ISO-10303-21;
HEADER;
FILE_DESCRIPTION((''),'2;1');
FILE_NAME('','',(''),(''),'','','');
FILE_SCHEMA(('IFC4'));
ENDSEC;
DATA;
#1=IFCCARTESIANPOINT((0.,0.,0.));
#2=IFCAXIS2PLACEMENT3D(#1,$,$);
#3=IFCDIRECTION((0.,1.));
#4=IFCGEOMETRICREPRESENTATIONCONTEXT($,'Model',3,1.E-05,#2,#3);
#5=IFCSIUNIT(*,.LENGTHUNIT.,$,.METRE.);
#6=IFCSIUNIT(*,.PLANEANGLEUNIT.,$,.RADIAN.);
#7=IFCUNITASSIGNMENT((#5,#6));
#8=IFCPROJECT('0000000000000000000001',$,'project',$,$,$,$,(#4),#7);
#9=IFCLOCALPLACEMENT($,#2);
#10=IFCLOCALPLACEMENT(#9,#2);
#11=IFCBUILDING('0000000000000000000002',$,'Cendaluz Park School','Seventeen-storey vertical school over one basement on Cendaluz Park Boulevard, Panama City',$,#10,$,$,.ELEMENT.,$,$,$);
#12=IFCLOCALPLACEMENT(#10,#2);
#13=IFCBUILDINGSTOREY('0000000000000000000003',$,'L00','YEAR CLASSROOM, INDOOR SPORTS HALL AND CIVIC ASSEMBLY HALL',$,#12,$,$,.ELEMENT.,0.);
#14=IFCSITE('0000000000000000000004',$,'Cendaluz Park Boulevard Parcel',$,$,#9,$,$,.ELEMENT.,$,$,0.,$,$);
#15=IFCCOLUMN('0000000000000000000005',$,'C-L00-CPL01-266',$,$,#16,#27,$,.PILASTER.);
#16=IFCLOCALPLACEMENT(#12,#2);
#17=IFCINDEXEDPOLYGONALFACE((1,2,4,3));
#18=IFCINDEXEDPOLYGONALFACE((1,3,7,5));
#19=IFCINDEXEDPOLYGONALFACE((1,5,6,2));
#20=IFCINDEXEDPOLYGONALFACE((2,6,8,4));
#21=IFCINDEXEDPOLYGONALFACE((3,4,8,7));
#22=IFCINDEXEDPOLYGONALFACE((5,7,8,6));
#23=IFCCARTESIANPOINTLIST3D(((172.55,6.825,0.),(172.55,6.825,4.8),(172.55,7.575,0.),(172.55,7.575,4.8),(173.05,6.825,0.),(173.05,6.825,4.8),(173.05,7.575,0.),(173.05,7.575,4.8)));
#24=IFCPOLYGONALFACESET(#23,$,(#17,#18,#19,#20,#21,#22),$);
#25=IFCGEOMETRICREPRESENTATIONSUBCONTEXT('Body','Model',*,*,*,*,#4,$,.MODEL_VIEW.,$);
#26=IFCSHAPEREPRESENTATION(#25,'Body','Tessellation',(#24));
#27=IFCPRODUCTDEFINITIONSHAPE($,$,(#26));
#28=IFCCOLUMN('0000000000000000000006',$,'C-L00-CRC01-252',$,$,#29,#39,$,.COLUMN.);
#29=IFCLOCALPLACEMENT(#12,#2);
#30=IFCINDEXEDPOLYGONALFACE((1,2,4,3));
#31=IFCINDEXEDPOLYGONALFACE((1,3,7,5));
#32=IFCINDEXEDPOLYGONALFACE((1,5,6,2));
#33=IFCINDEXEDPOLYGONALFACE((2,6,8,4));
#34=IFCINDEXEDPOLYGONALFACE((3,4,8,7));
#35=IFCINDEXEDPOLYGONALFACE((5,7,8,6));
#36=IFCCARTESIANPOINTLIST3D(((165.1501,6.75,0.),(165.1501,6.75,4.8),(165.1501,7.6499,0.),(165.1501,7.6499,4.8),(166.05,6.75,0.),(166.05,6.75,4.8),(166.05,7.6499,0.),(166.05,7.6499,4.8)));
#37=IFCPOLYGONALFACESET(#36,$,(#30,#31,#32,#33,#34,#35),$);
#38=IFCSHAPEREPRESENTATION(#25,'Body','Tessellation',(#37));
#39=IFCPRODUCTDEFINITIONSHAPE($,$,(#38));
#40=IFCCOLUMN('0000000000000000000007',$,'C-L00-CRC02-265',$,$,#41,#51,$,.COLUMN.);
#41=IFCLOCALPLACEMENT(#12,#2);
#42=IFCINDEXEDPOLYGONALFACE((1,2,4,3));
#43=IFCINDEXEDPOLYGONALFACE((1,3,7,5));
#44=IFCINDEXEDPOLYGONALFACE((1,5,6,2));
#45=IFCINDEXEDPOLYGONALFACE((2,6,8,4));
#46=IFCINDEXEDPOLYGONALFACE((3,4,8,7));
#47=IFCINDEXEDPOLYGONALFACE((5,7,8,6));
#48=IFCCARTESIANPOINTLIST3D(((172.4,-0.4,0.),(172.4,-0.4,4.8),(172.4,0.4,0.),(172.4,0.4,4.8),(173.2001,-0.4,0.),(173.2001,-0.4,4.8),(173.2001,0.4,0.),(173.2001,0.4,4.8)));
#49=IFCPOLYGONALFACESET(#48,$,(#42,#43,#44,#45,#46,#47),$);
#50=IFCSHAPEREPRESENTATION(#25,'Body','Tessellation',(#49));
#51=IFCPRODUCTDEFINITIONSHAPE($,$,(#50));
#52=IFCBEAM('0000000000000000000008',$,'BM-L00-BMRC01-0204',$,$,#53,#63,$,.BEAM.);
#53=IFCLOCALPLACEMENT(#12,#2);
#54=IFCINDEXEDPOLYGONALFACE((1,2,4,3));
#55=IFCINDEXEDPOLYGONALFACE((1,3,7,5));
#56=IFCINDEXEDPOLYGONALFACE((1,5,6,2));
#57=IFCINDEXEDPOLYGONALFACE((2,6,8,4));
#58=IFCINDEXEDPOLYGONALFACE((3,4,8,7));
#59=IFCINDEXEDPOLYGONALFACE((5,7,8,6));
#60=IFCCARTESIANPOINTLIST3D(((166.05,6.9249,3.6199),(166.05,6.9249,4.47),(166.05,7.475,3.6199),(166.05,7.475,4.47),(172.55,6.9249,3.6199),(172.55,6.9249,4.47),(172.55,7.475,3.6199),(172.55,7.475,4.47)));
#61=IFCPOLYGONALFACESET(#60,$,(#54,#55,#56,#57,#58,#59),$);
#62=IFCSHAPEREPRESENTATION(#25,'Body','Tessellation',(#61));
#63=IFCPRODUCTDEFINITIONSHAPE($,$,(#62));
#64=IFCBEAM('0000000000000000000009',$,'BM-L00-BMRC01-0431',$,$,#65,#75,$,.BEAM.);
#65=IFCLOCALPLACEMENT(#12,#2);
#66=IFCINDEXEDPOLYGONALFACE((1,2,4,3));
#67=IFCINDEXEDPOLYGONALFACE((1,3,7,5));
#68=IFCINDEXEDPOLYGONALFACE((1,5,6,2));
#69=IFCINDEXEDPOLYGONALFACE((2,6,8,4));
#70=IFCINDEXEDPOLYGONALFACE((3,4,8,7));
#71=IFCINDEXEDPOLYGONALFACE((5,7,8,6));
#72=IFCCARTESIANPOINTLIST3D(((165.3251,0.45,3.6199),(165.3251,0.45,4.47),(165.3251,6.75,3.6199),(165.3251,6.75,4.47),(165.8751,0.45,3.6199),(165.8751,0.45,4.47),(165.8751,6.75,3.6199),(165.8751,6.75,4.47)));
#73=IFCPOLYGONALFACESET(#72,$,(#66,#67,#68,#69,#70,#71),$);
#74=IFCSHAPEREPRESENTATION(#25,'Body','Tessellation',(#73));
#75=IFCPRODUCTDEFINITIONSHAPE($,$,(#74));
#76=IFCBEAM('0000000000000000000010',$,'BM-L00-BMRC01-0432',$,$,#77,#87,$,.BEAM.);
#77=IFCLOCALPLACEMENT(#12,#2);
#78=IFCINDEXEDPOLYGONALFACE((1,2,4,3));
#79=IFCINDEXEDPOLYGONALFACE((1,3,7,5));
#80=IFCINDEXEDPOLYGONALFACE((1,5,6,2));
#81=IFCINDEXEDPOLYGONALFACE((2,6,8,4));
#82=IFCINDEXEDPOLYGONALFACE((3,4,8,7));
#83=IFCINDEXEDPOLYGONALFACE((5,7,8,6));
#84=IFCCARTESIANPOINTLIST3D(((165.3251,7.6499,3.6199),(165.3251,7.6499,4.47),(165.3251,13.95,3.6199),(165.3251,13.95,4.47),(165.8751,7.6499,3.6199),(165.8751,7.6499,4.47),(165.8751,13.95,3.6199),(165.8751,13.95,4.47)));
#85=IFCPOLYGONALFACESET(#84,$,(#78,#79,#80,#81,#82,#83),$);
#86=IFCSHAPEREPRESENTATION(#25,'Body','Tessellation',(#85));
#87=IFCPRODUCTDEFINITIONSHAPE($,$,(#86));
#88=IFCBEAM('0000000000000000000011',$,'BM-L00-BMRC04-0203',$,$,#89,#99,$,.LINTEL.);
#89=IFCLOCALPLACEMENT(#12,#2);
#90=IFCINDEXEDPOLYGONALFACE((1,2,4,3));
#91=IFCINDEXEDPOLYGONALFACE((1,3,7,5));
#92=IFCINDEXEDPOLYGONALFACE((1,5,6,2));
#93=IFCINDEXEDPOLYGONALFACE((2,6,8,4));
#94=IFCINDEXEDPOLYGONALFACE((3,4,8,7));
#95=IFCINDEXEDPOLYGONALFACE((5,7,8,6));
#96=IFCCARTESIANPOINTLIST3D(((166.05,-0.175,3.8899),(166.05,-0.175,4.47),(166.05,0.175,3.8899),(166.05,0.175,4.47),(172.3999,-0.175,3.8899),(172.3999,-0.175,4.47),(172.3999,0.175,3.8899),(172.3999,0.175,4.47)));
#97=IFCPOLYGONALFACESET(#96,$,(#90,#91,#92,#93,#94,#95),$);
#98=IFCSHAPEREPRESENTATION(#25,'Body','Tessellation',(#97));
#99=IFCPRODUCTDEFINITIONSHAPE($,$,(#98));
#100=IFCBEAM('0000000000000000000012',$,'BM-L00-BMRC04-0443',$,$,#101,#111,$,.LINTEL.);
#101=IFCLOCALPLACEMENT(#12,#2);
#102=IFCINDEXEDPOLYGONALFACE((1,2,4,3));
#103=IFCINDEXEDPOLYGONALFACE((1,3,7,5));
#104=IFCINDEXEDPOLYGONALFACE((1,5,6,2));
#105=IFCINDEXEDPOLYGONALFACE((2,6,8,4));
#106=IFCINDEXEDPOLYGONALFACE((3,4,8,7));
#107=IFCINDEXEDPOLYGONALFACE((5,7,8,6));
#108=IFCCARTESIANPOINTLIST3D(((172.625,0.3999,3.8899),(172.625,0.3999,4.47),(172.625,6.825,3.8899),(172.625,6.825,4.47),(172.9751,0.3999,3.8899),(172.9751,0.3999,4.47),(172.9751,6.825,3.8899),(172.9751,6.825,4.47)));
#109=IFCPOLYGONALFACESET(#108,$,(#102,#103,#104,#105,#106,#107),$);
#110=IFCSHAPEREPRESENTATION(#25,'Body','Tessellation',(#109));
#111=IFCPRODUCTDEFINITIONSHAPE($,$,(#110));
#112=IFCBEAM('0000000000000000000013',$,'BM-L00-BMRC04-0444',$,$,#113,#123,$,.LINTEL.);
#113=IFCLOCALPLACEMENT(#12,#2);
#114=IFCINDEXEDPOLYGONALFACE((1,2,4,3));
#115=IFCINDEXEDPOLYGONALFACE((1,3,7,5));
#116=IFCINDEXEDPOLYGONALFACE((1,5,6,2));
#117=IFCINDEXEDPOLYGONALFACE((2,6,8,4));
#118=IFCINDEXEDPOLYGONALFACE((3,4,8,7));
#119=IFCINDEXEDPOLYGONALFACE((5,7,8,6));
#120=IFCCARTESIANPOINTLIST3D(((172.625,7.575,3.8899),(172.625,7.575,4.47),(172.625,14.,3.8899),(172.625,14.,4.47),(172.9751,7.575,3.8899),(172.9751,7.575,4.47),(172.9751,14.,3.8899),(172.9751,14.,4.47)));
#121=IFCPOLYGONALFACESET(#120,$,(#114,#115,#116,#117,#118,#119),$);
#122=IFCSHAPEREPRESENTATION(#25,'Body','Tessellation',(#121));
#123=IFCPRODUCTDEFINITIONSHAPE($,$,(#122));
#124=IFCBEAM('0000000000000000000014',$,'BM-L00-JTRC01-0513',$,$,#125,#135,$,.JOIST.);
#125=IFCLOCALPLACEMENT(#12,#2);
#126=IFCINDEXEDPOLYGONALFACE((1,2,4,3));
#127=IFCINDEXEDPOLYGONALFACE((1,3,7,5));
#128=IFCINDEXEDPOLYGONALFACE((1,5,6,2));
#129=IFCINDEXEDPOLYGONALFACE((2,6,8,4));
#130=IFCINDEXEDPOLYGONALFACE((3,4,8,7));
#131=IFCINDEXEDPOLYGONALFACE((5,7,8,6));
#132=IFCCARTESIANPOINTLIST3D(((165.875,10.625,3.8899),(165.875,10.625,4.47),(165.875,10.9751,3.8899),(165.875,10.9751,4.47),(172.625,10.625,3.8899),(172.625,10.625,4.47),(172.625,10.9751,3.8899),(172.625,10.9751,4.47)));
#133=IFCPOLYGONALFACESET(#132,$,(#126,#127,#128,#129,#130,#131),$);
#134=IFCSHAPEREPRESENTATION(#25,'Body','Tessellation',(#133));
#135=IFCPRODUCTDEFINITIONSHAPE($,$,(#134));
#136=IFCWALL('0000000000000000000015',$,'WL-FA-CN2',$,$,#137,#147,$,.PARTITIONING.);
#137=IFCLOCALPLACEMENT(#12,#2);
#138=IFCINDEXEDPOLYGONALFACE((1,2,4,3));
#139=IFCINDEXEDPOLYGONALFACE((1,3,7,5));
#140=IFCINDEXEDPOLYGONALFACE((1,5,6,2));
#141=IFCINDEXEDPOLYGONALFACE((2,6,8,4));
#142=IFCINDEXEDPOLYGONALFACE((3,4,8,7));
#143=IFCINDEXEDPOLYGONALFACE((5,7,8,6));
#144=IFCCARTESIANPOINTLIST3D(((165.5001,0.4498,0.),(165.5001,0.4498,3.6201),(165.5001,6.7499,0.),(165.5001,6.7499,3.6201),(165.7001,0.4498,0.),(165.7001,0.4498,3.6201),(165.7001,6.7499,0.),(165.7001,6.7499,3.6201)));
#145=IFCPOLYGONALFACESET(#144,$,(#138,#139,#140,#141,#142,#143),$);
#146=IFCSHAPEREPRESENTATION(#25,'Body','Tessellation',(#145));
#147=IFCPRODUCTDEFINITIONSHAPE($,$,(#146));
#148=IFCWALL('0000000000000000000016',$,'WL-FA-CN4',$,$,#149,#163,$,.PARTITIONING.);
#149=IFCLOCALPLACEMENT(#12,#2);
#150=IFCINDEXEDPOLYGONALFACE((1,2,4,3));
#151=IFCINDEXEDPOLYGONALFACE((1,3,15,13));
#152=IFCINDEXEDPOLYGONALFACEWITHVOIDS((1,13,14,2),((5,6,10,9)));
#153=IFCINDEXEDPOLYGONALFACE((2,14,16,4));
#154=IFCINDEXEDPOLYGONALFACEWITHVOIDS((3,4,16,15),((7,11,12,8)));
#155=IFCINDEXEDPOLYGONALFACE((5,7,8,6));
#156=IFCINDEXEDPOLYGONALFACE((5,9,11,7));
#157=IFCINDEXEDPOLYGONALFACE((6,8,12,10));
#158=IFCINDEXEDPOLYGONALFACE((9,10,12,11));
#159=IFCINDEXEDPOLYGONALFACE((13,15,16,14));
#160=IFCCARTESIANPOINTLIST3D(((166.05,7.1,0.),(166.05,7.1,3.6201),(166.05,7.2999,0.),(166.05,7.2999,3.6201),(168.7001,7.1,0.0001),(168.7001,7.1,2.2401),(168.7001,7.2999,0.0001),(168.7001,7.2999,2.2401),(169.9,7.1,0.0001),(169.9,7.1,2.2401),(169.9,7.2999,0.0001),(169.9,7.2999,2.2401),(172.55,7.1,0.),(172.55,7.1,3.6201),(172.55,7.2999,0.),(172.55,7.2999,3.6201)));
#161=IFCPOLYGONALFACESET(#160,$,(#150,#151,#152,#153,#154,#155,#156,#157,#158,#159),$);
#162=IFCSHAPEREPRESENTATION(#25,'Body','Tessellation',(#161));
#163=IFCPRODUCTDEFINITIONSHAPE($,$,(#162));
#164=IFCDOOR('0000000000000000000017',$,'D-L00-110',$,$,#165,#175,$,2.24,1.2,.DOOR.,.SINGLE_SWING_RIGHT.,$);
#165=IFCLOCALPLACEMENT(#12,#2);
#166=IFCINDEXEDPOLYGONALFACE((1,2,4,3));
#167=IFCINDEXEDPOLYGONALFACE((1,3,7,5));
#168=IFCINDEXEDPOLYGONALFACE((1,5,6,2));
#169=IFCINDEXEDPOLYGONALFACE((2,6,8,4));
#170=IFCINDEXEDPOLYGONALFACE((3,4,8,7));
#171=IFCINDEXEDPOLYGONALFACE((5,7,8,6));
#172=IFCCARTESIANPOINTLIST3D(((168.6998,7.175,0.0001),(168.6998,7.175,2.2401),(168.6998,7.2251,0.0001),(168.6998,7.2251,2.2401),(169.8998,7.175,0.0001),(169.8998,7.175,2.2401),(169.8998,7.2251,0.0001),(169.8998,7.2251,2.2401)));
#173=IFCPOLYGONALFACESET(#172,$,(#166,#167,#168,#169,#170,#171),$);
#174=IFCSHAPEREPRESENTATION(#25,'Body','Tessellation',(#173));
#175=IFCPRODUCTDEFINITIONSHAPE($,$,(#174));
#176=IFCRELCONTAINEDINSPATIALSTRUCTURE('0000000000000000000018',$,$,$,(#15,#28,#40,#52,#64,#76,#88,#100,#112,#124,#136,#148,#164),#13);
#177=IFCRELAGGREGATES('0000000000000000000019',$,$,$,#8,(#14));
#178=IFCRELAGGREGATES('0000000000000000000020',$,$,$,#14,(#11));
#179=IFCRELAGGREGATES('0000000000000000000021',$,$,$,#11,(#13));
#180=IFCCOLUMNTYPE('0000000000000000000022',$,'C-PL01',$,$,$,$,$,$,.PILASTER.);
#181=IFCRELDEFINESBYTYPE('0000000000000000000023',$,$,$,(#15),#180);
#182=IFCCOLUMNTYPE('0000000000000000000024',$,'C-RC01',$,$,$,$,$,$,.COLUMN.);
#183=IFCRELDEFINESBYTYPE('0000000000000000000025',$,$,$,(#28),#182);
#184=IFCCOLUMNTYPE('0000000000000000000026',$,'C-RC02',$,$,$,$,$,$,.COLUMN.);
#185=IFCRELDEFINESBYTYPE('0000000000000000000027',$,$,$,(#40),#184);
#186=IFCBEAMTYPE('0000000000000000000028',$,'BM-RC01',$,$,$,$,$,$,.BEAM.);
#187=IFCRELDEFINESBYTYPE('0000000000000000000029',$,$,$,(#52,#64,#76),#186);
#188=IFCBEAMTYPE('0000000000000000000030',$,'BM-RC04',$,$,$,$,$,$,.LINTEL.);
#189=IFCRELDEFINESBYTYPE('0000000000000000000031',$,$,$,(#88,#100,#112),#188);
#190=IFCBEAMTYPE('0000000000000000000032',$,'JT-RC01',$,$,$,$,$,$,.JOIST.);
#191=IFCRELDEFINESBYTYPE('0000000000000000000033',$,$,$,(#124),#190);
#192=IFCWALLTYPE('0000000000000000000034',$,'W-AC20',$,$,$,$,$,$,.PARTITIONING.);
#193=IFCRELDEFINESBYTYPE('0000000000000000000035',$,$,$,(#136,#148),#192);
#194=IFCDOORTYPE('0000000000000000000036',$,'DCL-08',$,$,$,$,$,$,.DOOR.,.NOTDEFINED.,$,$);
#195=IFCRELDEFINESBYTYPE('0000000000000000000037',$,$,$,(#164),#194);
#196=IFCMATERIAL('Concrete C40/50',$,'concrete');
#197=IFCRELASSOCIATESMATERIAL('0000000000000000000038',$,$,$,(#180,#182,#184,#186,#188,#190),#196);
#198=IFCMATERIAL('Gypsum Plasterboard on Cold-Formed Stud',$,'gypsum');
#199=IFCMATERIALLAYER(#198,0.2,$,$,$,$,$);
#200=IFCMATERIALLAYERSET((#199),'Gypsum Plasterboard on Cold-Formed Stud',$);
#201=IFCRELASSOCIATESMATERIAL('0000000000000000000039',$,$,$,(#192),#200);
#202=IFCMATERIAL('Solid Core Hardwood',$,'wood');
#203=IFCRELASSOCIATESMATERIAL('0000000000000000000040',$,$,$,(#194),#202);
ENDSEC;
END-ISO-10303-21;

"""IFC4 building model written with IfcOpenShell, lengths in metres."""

from ifc_helpers import new_model, si_unit, direction, frame, frame_2d, origin, origin_2d, place, context, subcontext, project, spatial, rectangle, extrude, material, layer, layer_set, material_profile, profile_set, type_object, element, fill, save


model = new_model("IFC4")

# Units and contexts
model_context = context("Model", 3, precision=1e-05, world=origin(), true_north=direction((0.0, 1.0)))
body_context = subcontext(model_context, "Body", "Model", "MODEL_VIEW")
ifc_project = project(units=[si_unit("LENGTHUNIT", "METRE"), si_unit("PLANEANGLEUNIT", "RADIAN")], contexts=[model_context])

# Site, building, storey
site_placement = place(None, origin())
site = spatial("IfcSite", under=ifc_project, at=site_placement, Name="Cendaluz Park Boulevard Parcel", CompositionType="ELEMENT", RefElevation=0.0)
building_placement = place(site_placement, origin())
building = spatial("IfcBuilding", under=site, at=building_placement, Name="Cendaluz Park School", Description="Seventeen-storey vertical school over one basement on Cendaluz Park Boulevard, Panama City", CompositionType="ELEMENT")
storey_placement = place(building_placement, origin())
storey = spatial("IfcBuildingStorey", under=building, at=storey_placement, Name="L00", Description="YEAR CLASSROOM, INDOOR SPORTS HALL AND CIVIC ASSEMBLY HALL", CompositionType="ELEMENT", Elevation=0.0)

# Columns
ifc_material_1 = material(Name="Concrete C40/50", Category="concrete")
ifc_material_profile_1 = material_profile(ifc_material_1, rectangle(XDim=0.5, YDim=0.75, at=origin_2d()), Name="RC 500x750", Category="concrete")
ifc_profile_set_1 = profile_set([ifc_material_profile_1], Name="Concrete C40/50")
column_type_1 = type_object("IfcColumnType", Name="C-PL01", PredefinedType="PILASTER", material=ifc_profile_set_1)
column_1_placement = place(storey_placement, frame((172.8, 7.2, 0.0), z_axis=(0.0, 0.0, 1.0), x_axis=(1.0, 0.0, 0.0)))
element("IfcColumn", 1, at=column_1_placement, inside=storey, type_object=column_type_1, Name="C-L00-CPL01-266", PredefinedType="PILASTER", context=body_context, shape_type="SweptSolid", body=[
    extrude(rectangle(XDim=0.5, YDim=0.75, at=origin_2d()), origin(), (0.0, 0.0, 1.0), 4.8),
])
ifc_material_profile_2 = material_profile(ifc_material_1, rectangle(XDim=0.8999, YDim=0.8999, at=origin_2d()), Name="RC 900x900", Category="concrete")
ifc_profile_set_2 = profile_set([ifc_material_profile_2], Name="Concrete C40/50")
column_type_2 = type_object("IfcColumnType", Name="C-RC01", PredefinedType="COLUMN", material=ifc_profile_set_2)
column_2_placement = place(storey_placement, frame((165.6001, 7.2, 0.0), z_axis=(0.0, 0.0, 1.0), x_axis=(1.0, 0.0, 0.0)))
element("IfcColumn", 2, at=column_2_placement, inside=storey, type_object=column_type_2, Name="C-L00-CRC01-252", PredefinedType="COLUMN", context=body_context, shape_type="SweptSolid", body=[
    extrude(rectangle(XDim=0.8999, YDim=0.8999, at=origin_2d()), origin(), (0.0, 0.0, 1.0), 4.8),
])
ifc_material_profile_3 = material_profile(ifc_material_1, rectangle(XDim=0.8, YDim=0.8, at=origin_2d()), Name="RC 800x800", Category="concrete")
ifc_profile_set_3 = profile_set([ifc_material_profile_3], Name="Concrete C40/50")
column_type_3 = type_object("IfcColumnType", Name="C-RC02", PredefinedType="COLUMN", material=ifc_profile_set_3)
column_3_placement = place(storey_placement, frame((172.8, 0.0, 0.0), z_axis=(0.0, 0.0, 1.0), x_axis=(1.0, 0.0, 0.0)))
element("IfcColumn", 3, at=column_3_placement, inside=storey, type_object=column_type_3, Name="C-L00-CRC02-265", PredefinedType="COLUMN", context=body_context, shape_type="SweptSolid", body=[
    extrude(rectangle(XDim=0.8, YDim=0.8, at=origin_2d()), origin(), (0.0, 0.0, 1.0), 4.8),
])

# Beams
ifc_material_profile_4 = material_profile(ifc_material_1, rectangle(XDim=0.55, YDim=0.8501, at=origin_2d()), Name="RC 550x850", Category="concrete")
ifc_profile_set_4 = profile_set([ifc_material_profile_4], Name="Concrete C40/50")
beam_type_1 = type_object("IfcBeamType", Name="BM-RC01", PredefinedType="BEAM", material=ifc_profile_set_4)
beam_1_placement = place(storey_placement, frame((166.05, 7.2, 4.0449), z_axis=(1.0, 0.0, 0.0), x_axis=(0.0, 1.0, 0.0)))
element("IfcBeam", 4, at=beam_1_placement, inside=storey, type_object=beam_type_1, Name="BM-L00-BMRC01-0204", PredefinedType="BEAM", context=body_context, shape_type="SweptSolid", body=[
    extrude(rectangle(XDim=0.55, YDim=0.8501, at=origin_2d()), origin(), (0.0, 0.0, 1.0), 6.5),
])
for number, where, z_axis, x_axis, name in (
    (5, (165.6001, 0.45, 4.0449), (0.0, 1.0, 0.0), (-1.0, 0.0, 0.0), "BM-L00-BMRC01-0431"),
    (6, (165.6001, 7.6499, 4.0449), (0.0, 1.0, 0.0), (-1.0, 0.0, 0.0), "BM-L00-BMRC01-0432"),
):
    element("IfcBeam", number, at=place(storey_placement, frame(where, z_axis=z_axis, x_axis=x_axis)), inside=storey, type_object=beam_type_1, Name=name, PredefinedType="BEAM", context=body_context, shape_type="SweptSolid", body=[
        extrude(rectangle(XDim=0.55, YDim=0.8501, at=origin_2d()), origin(), (0.0, 0.0, 1.0), 6.3),
    ])
ifc_material_profile_5 = material_profile(ifc_material_1, rectangle(XDim=0.3501, YDim=0.5801, at=origin_2d()), Name="RC 350x580", Category="concrete")
ifc_profile_set_5 = profile_set([ifc_material_profile_5], Name="Concrete C40/50")
beam_type_2 = type_object("IfcBeamType", Name="BM-RC04", PredefinedType="LINTEL", material=ifc_profile_set_5)
beam_2_placement = place(storey_placement, frame((166.05, 0.0, 4.1799), z_axis=(1.0, 0.0, 0.0), x_axis=(0.0, 1.0, 0.0)))
element("IfcBeam", 7, at=beam_2_placement, inside=storey, type_object=beam_type_2, Name="BM-L00-BMRC04-0203", PredefinedType="LINTEL", context=body_context, shape_type="SweptSolid", body=[
    extrude(rectangle(XDim=0.3501, YDim=0.5801, at=origin_2d()), origin(), (0.0, 0.0, 1.0), 6.3499),
])
for number, where, z_axis, x_axis, name in (
    (8, (172.8, 0.3999, 4.1799), (0.0, 1.0, 0.0), (-1.0, 0.0, 0.0), "BM-L00-BMRC04-0443"),
    (9, (172.8, 7.575, 4.1799), (0.0, 1.0, 0.0), (-1.0, 0.0, 0.0), "BM-L00-BMRC04-0444"),
):
    element("IfcBeam", number, at=place(storey_placement, frame(where, z_axis=z_axis, x_axis=x_axis)), inside=storey, type_object=beam_type_2, Name=name, PredefinedType="LINTEL", context=body_context, shape_type="SweptSolid", body=[
        extrude(rectangle(XDim=0.3501, YDim=0.5801, at=origin_2d()), origin(), (0.0, 0.0, 1.0), 6.425),
    ])
ifc_material_profile_6 = material_profile(ifc_material_1, rectangle(XDim=0.3501, YDim=0.5801, at=origin_2d()), Name="RC 350x580", Category="concrete")
ifc_profile_set_6 = profile_set([ifc_material_profile_6], Name="Concrete C40/50")
beam_type_3 = type_object("IfcBeamType", Name="JT-RC01", PredefinedType="JOIST", material=ifc_profile_set_6)
beam_3_placement = place(storey_placement, frame((165.875, 10.8, 4.1799), z_axis=(1.0, 0.0, 0.0), x_axis=(0.0, 1.0, 0.0)))
element("IfcBeam", 10, at=beam_3_placement, inside=storey, type_object=beam_type_3, Name="BM-L00-JTRC01-0513", PredefinedType="JOIST", context=body_context, shape_type="SweptSolid", body=[
    extrude(rectangle(XDim=0.3501, YDim=0.5801, at=origin_2d()), origin(), (0.0, 0.0, 1.0), 6.75),
])

# Wall
ifc_material_2 = material(Name="Gypsum Plasterboard on Cold-Formed Stud", Category="gypsum")
ifc_layer_1 = layer(ifc_material_2, 0.2)
ifc_layer_set_1 = layer_set([ifc_layer_1], Name="Gypsum Plasterboard on Cold-Formed Stud")
wall_type_1 = type_object("IfcWallType", Name="W-AC20", PredefinedType="PARTITIONING", material=ifc_layer_set_1)
wall_1_placement = place(storey_placement, frame((165.6001, 0.45, 0.0), z_axis=(0.0, 0.0, 1.0), x_axis=(0.0, 1.0, 0.0)))
element("IfcWall", 11, at=wall_1_placement, inside=storey, type_object=wall_type_1, Name="WL-FA-CN2", PredefinedType="PARTITIONING", context=body_context, shape_type="SweptSolid", body=[
    extrude(rectangle(XDim=6.3, YDim=0.2, at=frame_2d((3.1499, 0.0))), origin(), (0.0, 0.0, 1.0), 3.6201),
])

# Wall, opening, door
wall_2_placement = place(storey_placement, frame((166.05, 7.2, 0.0), z_axis=(0.0, 0.0, 1.0), x_axis=(1.0, 0.0, 0.0)))
wall_2 = element("IfcWall", 12, at=wall_2_placement, inside=storey, type_object=wall_type_1, Name="WL-FA-CN4", PredefinedType="PARTITIONING", context=body_context, shape_type="SweptSolid", body=[
    extrude(rectangle(XDim=6.5, YDim=0.2, at=frame_2d((3.25, 0.0))), origin(), (0.0, 0.0, 1.0), 3.6201),
])
opening_1_placement = place(wall_2_placement, frame((2.6499, 0.0, 0.0)))
opening_1 = element("IfcOpeningElement", 13, at=opening_1_placement, cuts=wall_2, PredefinedType="OPENING", context=body_context, shape_type="SweptSolid", body=[
    extrude(rectangle(XDim=1.2, YDim=2.24, at=frame_2d((0.6001, 1.1201))), frame((0.0, 0.1121, 0.0), z_axis=(0.0, -1.0, 0.0), x_axis=(1.0, 0.0, 0.0)), (0.0, 0.0, 1.0), 0.2239),
])
ifc_material_3 = material(Name="Solid Core Hardwood", Category="wood")
door_type = type_object("IfcDoorType", Name="DCL-08", OperationType="NOTDEFINED", PredefinedType="DOOR", material=ifc_material_3)
door_placement = place(opening_1_placement, frame((1.2, 0.0, 0.0), z_axis=(0.0, 0.0, 1.0), x_axis=(-1.0, 0.0, 0.0)))
door = element("IfcDoor", 14, at=door_placement, inside=storey, type_object=door_type, Name="D-L00-110", OperationType="SINGLE_SWING_RIGHT", OverallHeight=2.24, OverallWidth=1.2, PredefinedType="DOOR", context=body_context, shape_type="SweptSolid", body=[
    extrude(rectangle(XDim=1.2, YDim=2.24, at=frame_2d((0.6001, 1.1201))), frame((0.0, 0.0249, 0.0), z_axis=(0.0, -1.0, 0.0), x_axis=(1.0, 0.0, 0.0)), (0.0, 0.0, 1.0), 0.05),
])
fill(opening_1, door)

save(model, "model.ifc")
